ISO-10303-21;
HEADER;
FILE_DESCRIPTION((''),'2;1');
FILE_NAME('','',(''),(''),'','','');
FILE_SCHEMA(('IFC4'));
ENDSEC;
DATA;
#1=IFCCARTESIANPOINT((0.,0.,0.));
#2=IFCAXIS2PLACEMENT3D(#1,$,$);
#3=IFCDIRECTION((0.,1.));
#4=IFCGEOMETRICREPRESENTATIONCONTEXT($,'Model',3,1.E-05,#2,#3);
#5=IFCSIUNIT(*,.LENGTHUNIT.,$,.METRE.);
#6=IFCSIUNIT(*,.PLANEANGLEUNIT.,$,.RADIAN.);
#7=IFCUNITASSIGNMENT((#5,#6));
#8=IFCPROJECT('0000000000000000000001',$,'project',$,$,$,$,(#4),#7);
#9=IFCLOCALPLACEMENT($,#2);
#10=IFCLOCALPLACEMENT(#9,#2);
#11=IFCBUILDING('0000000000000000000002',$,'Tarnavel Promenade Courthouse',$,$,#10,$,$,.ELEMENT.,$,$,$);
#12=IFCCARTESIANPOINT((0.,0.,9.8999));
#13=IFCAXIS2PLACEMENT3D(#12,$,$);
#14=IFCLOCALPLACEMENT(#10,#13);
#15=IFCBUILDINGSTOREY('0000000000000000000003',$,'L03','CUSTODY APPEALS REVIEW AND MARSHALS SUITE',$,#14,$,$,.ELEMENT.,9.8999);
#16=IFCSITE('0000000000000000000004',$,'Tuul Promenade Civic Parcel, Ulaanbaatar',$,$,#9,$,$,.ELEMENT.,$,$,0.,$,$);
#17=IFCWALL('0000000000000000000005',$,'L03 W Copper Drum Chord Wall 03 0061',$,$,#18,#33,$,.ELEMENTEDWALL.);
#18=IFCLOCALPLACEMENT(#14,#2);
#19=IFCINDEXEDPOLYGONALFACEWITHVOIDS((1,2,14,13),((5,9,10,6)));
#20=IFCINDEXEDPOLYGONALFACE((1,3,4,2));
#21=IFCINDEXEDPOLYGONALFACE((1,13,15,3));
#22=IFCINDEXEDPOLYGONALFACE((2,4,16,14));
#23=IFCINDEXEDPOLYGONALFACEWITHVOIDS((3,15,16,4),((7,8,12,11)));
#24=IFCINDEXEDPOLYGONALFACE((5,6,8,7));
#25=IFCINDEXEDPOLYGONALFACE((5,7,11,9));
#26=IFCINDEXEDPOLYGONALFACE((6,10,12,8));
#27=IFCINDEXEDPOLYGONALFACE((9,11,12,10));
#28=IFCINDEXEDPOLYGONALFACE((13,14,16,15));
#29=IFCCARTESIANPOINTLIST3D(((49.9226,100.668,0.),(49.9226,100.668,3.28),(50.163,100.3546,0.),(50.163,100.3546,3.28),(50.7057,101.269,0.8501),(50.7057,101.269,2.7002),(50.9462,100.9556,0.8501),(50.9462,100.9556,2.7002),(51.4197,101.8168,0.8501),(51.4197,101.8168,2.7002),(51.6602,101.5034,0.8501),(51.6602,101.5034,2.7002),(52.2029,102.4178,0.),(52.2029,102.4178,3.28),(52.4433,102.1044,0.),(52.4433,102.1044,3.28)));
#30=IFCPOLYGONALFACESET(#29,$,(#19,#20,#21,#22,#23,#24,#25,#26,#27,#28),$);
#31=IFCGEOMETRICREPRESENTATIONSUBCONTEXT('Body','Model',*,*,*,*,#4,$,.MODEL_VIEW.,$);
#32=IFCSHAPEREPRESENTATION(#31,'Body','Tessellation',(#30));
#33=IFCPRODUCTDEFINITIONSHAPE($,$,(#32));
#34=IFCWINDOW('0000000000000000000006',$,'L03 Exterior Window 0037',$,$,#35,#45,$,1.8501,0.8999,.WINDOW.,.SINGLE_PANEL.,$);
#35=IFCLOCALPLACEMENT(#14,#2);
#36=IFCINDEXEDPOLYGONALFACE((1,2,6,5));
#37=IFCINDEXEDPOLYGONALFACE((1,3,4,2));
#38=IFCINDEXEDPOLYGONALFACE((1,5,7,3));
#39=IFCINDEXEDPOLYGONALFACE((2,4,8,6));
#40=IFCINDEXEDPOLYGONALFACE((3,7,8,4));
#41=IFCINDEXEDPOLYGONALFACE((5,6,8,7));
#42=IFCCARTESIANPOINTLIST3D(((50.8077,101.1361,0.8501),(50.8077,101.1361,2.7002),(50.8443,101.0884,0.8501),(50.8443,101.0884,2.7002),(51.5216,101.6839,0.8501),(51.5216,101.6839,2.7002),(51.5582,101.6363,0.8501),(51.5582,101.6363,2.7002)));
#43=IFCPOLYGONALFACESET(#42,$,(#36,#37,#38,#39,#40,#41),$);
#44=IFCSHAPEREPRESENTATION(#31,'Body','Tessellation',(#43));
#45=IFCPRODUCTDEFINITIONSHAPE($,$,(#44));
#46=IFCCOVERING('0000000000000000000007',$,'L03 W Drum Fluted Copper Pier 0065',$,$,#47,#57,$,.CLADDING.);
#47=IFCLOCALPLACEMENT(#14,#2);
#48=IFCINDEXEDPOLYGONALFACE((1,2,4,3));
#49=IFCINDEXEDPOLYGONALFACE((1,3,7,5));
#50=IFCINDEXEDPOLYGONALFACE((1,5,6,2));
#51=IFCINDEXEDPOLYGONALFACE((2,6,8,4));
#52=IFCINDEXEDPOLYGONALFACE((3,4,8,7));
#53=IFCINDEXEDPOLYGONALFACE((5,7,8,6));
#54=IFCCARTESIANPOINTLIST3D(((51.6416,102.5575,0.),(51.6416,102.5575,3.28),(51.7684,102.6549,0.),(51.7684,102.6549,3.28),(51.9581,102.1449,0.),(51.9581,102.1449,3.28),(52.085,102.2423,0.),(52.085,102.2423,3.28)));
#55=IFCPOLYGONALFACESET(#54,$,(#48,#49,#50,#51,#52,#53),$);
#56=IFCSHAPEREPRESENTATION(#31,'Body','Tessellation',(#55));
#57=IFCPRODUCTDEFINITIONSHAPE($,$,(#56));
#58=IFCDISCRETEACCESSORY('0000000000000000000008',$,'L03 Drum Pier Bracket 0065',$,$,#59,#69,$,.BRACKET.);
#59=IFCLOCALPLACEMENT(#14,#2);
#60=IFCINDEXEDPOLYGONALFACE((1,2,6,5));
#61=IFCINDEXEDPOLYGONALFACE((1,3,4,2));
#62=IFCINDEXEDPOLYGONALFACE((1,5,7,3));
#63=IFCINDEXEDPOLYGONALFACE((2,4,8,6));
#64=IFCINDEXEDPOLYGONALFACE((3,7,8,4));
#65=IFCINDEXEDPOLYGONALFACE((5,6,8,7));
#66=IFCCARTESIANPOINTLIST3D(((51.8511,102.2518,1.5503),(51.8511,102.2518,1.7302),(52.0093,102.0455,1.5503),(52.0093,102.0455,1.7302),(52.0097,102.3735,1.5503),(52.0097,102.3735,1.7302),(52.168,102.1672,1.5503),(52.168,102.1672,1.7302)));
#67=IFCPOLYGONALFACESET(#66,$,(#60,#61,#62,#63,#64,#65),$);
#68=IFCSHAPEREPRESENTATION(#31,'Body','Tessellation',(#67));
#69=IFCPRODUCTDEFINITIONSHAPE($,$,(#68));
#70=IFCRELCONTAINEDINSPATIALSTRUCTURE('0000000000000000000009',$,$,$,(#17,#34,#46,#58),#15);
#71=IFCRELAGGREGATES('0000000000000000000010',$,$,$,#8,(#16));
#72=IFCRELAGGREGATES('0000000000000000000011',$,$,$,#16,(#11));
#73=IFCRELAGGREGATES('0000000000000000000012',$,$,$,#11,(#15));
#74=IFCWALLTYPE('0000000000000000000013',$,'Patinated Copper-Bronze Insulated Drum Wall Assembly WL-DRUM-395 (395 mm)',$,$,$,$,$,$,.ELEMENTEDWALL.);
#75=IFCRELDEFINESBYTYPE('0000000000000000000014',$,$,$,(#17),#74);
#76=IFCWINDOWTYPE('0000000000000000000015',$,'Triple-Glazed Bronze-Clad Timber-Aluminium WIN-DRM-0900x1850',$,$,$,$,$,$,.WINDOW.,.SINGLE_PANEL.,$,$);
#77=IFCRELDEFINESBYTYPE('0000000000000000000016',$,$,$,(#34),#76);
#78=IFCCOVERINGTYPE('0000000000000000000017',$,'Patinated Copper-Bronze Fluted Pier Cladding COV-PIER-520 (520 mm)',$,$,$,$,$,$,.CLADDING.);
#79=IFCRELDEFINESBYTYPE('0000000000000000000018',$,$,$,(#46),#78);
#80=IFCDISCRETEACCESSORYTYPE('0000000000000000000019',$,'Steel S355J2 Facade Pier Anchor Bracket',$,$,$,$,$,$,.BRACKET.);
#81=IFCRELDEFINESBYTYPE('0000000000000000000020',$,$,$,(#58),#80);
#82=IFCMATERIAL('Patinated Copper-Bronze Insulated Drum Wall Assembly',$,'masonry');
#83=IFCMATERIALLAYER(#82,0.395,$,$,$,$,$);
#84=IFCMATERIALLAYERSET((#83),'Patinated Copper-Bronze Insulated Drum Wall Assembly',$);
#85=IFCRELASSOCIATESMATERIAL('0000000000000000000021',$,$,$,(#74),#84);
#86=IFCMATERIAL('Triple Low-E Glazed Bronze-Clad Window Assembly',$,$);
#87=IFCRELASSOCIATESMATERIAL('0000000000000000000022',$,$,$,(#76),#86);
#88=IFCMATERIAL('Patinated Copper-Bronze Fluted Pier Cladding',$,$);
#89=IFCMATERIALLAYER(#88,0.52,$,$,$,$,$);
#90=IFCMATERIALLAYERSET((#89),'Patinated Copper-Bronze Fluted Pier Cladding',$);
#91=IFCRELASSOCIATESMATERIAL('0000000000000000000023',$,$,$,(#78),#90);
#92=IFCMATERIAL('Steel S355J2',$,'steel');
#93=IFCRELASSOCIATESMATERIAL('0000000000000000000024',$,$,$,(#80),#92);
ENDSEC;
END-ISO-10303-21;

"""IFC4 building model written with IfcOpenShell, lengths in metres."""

from ifc_helpers import new_model, si_unit, direction, frame, frame_2d, origin, origin_2d, place, context, subcontext, project, spatial, rectangle, extrude, material, layer, layer_set, type_object, element, fill, save


model = new_model("IFC4")

# Units and contexts
model_context = context("Model", 3, precision=1e-05, world=origin(), true_north=direction((0.0, 1.0)))
body_context = subcontext(model_context, "Body", "Model", "MODEL_VIEW")
ifc_project = project(units=[si_unit("LENGTHUNIT", "METRE"), si_unit("PLANEANGLEUNIT", "RADIAN")], contexts=[model_context])

# Site, building, storey
site_placement = place(None, origin())
site = spatial("IfcSite", under=ifc_project, at=site_placement, Name="Tuul Promenade Civic Parcel, Ulaanbaatar", CompositionType="ELEMENT", RefElevation=0.0)
building_placement = place(site_placement, origin())
building = spatial("IfcBuilding", under=site, at=building_placement, Name="Tarnavel Promenade Courthouse", CompositionType="ELEMENT")
storey_placement = place(building_placement, frame((0.0, 0.0, 9.8999)))
storey = spatial("IfcBuildingStorey", under=building, at=storey_placement, Name="L03", Description="CUSTODY APPEALS REVIEW AND MARSHALS SUITE", CompositionType="ELEMENT", Elevation=9.8999)

# Shared definitions
ifc_material_1 = material(Name="Steel S355J2", Category="steel")

# Wall, opening, window
ifc_material_2 = material(Name="Patinated Copper-Bronze Insulated Drum Wall Assembly", Category="masonry")
ifc_layer_1 = layer(ifc_material_2, 0.395)
ifc_layer_set_1 = layer_set([ifc_layer_1], Name="Patinated Copper-Bronze Insulated Drum Wall Assembly")
wall_type_1 = type_object("IfcWallType", Name="Patinated Copper-Bronze Insulated Drum Wall Assembly WL-DRUM-395 (395 mm)", PredefinedType="ELEMENTEDWALL", material=ifc_layer_set_1)
wall_1_placement = place(storey_placement, frame((52.323, 102.261, 0.0), z_axis=(0.0, 0.0, 1.0), x_axis=(-0.793347, -0.60877, 0.0)))
wall_1 = element("IfcWall", 1, at=wall_1_placement, inside=storey, type_object=wall_type_1, Name="L03 W Copper Drum Chord Wall 03 0061", PredefinedType="ELEMENTEDWALL", context=body_context, shape_type="SweptSolid", body=[
    extrude(rectangle(XDim=2.8743, YDim=0.395, at=frame_2d((1.437, 0.0))), origin(), (0.0, 0.0, 1.0), 3.28),
])
opening_1_placement = place(wall_1_placement, frame((0.9871, 0.0, 0.8501)))
opening_1 = element("IfcOpeningElement", 2, at=opening_1_placement, cuts=wall_1, PredefinedType="OPENING", context=body_context, shape_type="SweptSolid", body=[
    extrude(rectangle(XDim=0.8999, YDim=1.8501, at=frame_2d((0.45, 0.925))), frame((0.0, 0.2075, 0.0), z_axis=(0.0, -1.0, 0.0), x_axis=(1.0, 0.0, 0.0)), (0.0, 0.0, 1.0), 0.415),
])
ifc_material_3 = material(Name="Triple Low-E Glazed Bronze-Clad Window Assembly")
window_type = type_object("IfcWindowType", Name="Triple-Glazed Bronze-Clad Timber-Aluminium WIN-DRM-0900x1850", PartitioningType="SINGLE_PANEL", PredefinedType="WINDOW", material=ifc_material_3)
window_placement = place(opening_1_placement, origin())
window = element("IfcWindow", 3, at=window_placement, inside=storey, type_object=window_type, Name="L03 Exterior Window 0037", OverallHeight=1.8501, OverallWidth=0.8999, PartitioningType="SINGLE_PANEL", PredefinedType="WINDOW", context=body_context, shape_type="SweptSolid", body=[
    extrude(rectangle(XDim=0.8999, YDim=1.8501, at=frame_2d((0.45, 0.925))), frame((0.0, 0.03, 0.0), z_axis=(0.0, -1.0, 0.0), x_axis=(1.0, 0.0, 0.0)), (0.0, 0.0, 1.0), 0.0601),
])
fill(opening_1, window)

# Covering
ifc_material_4 = material(Name="Patinated Copper-Bronze Fluted Pier Cladding")
ifc_layer_2 = layer(ifc_material_4, 0.52)
ifc_layer_set_2 = layer_set([ifc_layer_2], Name="Patinated Copper-Bronze Fluted Pier Cladding")
covering_type = type_object("IfcCoveringType", Name="Patinated Copper-Bronze Fluted Pier Cladding COV-PIER-520 (520 mm)", PredefinedType="CLADDING", material=ifc_layer_set_2)
covering_placement = place(storey_placement, frame((51.8633, 102.3999, 0.0), z_axis=(0.0, 0.0, 1.0), x_axis=(-0.793353, -0.608761, 0.0)))
element("IfcCovering", 4, at=covering_placement, inside=storey, type_object=covering_type, Name="L03 W Drum Fluted Copper Pier 0065", PredefinedType="CLADDING", context=body_context, shape_type="SweptSolid", body=[
    extrude(rectangle(XDim=0.1599, YDim=0.52, at=origin_2d()), origin(), (0.0, 0.0, 1.0), 3.28),
])

# Discrete accessory
discrete_accessory_type = type_object("IfcDiscreteAccessoryType", Name="Steel S355J2 Facade Pier Anchor Bracket", PredefinedType="BRACKET", material=ifc_material_1)
discrete_accessory_placement = place(storey_placement, frame((52.0095, 102.2095, 1.5503), z_axis=(0.0, 0.0, 1.0), x_axis=(-0.793353, -0.608761, 0.0)))
element("IfcDiscreteAccessory", 5, at=discrete_accessory_placement, inside=storey, type_object=discrete_accessory_type, Name="L03 Drum Pier Bracket 0065", PredefinedType="BRACKET", context=body_context, shape_type="SweptSolid", body=[
    extrude(rectangle(XDim=0.2, YDim=0.26, at=origin_2d()), origin(), (0.0, 0.0, 1.0), 0.1799),
])

save(model, "model.ifc")
